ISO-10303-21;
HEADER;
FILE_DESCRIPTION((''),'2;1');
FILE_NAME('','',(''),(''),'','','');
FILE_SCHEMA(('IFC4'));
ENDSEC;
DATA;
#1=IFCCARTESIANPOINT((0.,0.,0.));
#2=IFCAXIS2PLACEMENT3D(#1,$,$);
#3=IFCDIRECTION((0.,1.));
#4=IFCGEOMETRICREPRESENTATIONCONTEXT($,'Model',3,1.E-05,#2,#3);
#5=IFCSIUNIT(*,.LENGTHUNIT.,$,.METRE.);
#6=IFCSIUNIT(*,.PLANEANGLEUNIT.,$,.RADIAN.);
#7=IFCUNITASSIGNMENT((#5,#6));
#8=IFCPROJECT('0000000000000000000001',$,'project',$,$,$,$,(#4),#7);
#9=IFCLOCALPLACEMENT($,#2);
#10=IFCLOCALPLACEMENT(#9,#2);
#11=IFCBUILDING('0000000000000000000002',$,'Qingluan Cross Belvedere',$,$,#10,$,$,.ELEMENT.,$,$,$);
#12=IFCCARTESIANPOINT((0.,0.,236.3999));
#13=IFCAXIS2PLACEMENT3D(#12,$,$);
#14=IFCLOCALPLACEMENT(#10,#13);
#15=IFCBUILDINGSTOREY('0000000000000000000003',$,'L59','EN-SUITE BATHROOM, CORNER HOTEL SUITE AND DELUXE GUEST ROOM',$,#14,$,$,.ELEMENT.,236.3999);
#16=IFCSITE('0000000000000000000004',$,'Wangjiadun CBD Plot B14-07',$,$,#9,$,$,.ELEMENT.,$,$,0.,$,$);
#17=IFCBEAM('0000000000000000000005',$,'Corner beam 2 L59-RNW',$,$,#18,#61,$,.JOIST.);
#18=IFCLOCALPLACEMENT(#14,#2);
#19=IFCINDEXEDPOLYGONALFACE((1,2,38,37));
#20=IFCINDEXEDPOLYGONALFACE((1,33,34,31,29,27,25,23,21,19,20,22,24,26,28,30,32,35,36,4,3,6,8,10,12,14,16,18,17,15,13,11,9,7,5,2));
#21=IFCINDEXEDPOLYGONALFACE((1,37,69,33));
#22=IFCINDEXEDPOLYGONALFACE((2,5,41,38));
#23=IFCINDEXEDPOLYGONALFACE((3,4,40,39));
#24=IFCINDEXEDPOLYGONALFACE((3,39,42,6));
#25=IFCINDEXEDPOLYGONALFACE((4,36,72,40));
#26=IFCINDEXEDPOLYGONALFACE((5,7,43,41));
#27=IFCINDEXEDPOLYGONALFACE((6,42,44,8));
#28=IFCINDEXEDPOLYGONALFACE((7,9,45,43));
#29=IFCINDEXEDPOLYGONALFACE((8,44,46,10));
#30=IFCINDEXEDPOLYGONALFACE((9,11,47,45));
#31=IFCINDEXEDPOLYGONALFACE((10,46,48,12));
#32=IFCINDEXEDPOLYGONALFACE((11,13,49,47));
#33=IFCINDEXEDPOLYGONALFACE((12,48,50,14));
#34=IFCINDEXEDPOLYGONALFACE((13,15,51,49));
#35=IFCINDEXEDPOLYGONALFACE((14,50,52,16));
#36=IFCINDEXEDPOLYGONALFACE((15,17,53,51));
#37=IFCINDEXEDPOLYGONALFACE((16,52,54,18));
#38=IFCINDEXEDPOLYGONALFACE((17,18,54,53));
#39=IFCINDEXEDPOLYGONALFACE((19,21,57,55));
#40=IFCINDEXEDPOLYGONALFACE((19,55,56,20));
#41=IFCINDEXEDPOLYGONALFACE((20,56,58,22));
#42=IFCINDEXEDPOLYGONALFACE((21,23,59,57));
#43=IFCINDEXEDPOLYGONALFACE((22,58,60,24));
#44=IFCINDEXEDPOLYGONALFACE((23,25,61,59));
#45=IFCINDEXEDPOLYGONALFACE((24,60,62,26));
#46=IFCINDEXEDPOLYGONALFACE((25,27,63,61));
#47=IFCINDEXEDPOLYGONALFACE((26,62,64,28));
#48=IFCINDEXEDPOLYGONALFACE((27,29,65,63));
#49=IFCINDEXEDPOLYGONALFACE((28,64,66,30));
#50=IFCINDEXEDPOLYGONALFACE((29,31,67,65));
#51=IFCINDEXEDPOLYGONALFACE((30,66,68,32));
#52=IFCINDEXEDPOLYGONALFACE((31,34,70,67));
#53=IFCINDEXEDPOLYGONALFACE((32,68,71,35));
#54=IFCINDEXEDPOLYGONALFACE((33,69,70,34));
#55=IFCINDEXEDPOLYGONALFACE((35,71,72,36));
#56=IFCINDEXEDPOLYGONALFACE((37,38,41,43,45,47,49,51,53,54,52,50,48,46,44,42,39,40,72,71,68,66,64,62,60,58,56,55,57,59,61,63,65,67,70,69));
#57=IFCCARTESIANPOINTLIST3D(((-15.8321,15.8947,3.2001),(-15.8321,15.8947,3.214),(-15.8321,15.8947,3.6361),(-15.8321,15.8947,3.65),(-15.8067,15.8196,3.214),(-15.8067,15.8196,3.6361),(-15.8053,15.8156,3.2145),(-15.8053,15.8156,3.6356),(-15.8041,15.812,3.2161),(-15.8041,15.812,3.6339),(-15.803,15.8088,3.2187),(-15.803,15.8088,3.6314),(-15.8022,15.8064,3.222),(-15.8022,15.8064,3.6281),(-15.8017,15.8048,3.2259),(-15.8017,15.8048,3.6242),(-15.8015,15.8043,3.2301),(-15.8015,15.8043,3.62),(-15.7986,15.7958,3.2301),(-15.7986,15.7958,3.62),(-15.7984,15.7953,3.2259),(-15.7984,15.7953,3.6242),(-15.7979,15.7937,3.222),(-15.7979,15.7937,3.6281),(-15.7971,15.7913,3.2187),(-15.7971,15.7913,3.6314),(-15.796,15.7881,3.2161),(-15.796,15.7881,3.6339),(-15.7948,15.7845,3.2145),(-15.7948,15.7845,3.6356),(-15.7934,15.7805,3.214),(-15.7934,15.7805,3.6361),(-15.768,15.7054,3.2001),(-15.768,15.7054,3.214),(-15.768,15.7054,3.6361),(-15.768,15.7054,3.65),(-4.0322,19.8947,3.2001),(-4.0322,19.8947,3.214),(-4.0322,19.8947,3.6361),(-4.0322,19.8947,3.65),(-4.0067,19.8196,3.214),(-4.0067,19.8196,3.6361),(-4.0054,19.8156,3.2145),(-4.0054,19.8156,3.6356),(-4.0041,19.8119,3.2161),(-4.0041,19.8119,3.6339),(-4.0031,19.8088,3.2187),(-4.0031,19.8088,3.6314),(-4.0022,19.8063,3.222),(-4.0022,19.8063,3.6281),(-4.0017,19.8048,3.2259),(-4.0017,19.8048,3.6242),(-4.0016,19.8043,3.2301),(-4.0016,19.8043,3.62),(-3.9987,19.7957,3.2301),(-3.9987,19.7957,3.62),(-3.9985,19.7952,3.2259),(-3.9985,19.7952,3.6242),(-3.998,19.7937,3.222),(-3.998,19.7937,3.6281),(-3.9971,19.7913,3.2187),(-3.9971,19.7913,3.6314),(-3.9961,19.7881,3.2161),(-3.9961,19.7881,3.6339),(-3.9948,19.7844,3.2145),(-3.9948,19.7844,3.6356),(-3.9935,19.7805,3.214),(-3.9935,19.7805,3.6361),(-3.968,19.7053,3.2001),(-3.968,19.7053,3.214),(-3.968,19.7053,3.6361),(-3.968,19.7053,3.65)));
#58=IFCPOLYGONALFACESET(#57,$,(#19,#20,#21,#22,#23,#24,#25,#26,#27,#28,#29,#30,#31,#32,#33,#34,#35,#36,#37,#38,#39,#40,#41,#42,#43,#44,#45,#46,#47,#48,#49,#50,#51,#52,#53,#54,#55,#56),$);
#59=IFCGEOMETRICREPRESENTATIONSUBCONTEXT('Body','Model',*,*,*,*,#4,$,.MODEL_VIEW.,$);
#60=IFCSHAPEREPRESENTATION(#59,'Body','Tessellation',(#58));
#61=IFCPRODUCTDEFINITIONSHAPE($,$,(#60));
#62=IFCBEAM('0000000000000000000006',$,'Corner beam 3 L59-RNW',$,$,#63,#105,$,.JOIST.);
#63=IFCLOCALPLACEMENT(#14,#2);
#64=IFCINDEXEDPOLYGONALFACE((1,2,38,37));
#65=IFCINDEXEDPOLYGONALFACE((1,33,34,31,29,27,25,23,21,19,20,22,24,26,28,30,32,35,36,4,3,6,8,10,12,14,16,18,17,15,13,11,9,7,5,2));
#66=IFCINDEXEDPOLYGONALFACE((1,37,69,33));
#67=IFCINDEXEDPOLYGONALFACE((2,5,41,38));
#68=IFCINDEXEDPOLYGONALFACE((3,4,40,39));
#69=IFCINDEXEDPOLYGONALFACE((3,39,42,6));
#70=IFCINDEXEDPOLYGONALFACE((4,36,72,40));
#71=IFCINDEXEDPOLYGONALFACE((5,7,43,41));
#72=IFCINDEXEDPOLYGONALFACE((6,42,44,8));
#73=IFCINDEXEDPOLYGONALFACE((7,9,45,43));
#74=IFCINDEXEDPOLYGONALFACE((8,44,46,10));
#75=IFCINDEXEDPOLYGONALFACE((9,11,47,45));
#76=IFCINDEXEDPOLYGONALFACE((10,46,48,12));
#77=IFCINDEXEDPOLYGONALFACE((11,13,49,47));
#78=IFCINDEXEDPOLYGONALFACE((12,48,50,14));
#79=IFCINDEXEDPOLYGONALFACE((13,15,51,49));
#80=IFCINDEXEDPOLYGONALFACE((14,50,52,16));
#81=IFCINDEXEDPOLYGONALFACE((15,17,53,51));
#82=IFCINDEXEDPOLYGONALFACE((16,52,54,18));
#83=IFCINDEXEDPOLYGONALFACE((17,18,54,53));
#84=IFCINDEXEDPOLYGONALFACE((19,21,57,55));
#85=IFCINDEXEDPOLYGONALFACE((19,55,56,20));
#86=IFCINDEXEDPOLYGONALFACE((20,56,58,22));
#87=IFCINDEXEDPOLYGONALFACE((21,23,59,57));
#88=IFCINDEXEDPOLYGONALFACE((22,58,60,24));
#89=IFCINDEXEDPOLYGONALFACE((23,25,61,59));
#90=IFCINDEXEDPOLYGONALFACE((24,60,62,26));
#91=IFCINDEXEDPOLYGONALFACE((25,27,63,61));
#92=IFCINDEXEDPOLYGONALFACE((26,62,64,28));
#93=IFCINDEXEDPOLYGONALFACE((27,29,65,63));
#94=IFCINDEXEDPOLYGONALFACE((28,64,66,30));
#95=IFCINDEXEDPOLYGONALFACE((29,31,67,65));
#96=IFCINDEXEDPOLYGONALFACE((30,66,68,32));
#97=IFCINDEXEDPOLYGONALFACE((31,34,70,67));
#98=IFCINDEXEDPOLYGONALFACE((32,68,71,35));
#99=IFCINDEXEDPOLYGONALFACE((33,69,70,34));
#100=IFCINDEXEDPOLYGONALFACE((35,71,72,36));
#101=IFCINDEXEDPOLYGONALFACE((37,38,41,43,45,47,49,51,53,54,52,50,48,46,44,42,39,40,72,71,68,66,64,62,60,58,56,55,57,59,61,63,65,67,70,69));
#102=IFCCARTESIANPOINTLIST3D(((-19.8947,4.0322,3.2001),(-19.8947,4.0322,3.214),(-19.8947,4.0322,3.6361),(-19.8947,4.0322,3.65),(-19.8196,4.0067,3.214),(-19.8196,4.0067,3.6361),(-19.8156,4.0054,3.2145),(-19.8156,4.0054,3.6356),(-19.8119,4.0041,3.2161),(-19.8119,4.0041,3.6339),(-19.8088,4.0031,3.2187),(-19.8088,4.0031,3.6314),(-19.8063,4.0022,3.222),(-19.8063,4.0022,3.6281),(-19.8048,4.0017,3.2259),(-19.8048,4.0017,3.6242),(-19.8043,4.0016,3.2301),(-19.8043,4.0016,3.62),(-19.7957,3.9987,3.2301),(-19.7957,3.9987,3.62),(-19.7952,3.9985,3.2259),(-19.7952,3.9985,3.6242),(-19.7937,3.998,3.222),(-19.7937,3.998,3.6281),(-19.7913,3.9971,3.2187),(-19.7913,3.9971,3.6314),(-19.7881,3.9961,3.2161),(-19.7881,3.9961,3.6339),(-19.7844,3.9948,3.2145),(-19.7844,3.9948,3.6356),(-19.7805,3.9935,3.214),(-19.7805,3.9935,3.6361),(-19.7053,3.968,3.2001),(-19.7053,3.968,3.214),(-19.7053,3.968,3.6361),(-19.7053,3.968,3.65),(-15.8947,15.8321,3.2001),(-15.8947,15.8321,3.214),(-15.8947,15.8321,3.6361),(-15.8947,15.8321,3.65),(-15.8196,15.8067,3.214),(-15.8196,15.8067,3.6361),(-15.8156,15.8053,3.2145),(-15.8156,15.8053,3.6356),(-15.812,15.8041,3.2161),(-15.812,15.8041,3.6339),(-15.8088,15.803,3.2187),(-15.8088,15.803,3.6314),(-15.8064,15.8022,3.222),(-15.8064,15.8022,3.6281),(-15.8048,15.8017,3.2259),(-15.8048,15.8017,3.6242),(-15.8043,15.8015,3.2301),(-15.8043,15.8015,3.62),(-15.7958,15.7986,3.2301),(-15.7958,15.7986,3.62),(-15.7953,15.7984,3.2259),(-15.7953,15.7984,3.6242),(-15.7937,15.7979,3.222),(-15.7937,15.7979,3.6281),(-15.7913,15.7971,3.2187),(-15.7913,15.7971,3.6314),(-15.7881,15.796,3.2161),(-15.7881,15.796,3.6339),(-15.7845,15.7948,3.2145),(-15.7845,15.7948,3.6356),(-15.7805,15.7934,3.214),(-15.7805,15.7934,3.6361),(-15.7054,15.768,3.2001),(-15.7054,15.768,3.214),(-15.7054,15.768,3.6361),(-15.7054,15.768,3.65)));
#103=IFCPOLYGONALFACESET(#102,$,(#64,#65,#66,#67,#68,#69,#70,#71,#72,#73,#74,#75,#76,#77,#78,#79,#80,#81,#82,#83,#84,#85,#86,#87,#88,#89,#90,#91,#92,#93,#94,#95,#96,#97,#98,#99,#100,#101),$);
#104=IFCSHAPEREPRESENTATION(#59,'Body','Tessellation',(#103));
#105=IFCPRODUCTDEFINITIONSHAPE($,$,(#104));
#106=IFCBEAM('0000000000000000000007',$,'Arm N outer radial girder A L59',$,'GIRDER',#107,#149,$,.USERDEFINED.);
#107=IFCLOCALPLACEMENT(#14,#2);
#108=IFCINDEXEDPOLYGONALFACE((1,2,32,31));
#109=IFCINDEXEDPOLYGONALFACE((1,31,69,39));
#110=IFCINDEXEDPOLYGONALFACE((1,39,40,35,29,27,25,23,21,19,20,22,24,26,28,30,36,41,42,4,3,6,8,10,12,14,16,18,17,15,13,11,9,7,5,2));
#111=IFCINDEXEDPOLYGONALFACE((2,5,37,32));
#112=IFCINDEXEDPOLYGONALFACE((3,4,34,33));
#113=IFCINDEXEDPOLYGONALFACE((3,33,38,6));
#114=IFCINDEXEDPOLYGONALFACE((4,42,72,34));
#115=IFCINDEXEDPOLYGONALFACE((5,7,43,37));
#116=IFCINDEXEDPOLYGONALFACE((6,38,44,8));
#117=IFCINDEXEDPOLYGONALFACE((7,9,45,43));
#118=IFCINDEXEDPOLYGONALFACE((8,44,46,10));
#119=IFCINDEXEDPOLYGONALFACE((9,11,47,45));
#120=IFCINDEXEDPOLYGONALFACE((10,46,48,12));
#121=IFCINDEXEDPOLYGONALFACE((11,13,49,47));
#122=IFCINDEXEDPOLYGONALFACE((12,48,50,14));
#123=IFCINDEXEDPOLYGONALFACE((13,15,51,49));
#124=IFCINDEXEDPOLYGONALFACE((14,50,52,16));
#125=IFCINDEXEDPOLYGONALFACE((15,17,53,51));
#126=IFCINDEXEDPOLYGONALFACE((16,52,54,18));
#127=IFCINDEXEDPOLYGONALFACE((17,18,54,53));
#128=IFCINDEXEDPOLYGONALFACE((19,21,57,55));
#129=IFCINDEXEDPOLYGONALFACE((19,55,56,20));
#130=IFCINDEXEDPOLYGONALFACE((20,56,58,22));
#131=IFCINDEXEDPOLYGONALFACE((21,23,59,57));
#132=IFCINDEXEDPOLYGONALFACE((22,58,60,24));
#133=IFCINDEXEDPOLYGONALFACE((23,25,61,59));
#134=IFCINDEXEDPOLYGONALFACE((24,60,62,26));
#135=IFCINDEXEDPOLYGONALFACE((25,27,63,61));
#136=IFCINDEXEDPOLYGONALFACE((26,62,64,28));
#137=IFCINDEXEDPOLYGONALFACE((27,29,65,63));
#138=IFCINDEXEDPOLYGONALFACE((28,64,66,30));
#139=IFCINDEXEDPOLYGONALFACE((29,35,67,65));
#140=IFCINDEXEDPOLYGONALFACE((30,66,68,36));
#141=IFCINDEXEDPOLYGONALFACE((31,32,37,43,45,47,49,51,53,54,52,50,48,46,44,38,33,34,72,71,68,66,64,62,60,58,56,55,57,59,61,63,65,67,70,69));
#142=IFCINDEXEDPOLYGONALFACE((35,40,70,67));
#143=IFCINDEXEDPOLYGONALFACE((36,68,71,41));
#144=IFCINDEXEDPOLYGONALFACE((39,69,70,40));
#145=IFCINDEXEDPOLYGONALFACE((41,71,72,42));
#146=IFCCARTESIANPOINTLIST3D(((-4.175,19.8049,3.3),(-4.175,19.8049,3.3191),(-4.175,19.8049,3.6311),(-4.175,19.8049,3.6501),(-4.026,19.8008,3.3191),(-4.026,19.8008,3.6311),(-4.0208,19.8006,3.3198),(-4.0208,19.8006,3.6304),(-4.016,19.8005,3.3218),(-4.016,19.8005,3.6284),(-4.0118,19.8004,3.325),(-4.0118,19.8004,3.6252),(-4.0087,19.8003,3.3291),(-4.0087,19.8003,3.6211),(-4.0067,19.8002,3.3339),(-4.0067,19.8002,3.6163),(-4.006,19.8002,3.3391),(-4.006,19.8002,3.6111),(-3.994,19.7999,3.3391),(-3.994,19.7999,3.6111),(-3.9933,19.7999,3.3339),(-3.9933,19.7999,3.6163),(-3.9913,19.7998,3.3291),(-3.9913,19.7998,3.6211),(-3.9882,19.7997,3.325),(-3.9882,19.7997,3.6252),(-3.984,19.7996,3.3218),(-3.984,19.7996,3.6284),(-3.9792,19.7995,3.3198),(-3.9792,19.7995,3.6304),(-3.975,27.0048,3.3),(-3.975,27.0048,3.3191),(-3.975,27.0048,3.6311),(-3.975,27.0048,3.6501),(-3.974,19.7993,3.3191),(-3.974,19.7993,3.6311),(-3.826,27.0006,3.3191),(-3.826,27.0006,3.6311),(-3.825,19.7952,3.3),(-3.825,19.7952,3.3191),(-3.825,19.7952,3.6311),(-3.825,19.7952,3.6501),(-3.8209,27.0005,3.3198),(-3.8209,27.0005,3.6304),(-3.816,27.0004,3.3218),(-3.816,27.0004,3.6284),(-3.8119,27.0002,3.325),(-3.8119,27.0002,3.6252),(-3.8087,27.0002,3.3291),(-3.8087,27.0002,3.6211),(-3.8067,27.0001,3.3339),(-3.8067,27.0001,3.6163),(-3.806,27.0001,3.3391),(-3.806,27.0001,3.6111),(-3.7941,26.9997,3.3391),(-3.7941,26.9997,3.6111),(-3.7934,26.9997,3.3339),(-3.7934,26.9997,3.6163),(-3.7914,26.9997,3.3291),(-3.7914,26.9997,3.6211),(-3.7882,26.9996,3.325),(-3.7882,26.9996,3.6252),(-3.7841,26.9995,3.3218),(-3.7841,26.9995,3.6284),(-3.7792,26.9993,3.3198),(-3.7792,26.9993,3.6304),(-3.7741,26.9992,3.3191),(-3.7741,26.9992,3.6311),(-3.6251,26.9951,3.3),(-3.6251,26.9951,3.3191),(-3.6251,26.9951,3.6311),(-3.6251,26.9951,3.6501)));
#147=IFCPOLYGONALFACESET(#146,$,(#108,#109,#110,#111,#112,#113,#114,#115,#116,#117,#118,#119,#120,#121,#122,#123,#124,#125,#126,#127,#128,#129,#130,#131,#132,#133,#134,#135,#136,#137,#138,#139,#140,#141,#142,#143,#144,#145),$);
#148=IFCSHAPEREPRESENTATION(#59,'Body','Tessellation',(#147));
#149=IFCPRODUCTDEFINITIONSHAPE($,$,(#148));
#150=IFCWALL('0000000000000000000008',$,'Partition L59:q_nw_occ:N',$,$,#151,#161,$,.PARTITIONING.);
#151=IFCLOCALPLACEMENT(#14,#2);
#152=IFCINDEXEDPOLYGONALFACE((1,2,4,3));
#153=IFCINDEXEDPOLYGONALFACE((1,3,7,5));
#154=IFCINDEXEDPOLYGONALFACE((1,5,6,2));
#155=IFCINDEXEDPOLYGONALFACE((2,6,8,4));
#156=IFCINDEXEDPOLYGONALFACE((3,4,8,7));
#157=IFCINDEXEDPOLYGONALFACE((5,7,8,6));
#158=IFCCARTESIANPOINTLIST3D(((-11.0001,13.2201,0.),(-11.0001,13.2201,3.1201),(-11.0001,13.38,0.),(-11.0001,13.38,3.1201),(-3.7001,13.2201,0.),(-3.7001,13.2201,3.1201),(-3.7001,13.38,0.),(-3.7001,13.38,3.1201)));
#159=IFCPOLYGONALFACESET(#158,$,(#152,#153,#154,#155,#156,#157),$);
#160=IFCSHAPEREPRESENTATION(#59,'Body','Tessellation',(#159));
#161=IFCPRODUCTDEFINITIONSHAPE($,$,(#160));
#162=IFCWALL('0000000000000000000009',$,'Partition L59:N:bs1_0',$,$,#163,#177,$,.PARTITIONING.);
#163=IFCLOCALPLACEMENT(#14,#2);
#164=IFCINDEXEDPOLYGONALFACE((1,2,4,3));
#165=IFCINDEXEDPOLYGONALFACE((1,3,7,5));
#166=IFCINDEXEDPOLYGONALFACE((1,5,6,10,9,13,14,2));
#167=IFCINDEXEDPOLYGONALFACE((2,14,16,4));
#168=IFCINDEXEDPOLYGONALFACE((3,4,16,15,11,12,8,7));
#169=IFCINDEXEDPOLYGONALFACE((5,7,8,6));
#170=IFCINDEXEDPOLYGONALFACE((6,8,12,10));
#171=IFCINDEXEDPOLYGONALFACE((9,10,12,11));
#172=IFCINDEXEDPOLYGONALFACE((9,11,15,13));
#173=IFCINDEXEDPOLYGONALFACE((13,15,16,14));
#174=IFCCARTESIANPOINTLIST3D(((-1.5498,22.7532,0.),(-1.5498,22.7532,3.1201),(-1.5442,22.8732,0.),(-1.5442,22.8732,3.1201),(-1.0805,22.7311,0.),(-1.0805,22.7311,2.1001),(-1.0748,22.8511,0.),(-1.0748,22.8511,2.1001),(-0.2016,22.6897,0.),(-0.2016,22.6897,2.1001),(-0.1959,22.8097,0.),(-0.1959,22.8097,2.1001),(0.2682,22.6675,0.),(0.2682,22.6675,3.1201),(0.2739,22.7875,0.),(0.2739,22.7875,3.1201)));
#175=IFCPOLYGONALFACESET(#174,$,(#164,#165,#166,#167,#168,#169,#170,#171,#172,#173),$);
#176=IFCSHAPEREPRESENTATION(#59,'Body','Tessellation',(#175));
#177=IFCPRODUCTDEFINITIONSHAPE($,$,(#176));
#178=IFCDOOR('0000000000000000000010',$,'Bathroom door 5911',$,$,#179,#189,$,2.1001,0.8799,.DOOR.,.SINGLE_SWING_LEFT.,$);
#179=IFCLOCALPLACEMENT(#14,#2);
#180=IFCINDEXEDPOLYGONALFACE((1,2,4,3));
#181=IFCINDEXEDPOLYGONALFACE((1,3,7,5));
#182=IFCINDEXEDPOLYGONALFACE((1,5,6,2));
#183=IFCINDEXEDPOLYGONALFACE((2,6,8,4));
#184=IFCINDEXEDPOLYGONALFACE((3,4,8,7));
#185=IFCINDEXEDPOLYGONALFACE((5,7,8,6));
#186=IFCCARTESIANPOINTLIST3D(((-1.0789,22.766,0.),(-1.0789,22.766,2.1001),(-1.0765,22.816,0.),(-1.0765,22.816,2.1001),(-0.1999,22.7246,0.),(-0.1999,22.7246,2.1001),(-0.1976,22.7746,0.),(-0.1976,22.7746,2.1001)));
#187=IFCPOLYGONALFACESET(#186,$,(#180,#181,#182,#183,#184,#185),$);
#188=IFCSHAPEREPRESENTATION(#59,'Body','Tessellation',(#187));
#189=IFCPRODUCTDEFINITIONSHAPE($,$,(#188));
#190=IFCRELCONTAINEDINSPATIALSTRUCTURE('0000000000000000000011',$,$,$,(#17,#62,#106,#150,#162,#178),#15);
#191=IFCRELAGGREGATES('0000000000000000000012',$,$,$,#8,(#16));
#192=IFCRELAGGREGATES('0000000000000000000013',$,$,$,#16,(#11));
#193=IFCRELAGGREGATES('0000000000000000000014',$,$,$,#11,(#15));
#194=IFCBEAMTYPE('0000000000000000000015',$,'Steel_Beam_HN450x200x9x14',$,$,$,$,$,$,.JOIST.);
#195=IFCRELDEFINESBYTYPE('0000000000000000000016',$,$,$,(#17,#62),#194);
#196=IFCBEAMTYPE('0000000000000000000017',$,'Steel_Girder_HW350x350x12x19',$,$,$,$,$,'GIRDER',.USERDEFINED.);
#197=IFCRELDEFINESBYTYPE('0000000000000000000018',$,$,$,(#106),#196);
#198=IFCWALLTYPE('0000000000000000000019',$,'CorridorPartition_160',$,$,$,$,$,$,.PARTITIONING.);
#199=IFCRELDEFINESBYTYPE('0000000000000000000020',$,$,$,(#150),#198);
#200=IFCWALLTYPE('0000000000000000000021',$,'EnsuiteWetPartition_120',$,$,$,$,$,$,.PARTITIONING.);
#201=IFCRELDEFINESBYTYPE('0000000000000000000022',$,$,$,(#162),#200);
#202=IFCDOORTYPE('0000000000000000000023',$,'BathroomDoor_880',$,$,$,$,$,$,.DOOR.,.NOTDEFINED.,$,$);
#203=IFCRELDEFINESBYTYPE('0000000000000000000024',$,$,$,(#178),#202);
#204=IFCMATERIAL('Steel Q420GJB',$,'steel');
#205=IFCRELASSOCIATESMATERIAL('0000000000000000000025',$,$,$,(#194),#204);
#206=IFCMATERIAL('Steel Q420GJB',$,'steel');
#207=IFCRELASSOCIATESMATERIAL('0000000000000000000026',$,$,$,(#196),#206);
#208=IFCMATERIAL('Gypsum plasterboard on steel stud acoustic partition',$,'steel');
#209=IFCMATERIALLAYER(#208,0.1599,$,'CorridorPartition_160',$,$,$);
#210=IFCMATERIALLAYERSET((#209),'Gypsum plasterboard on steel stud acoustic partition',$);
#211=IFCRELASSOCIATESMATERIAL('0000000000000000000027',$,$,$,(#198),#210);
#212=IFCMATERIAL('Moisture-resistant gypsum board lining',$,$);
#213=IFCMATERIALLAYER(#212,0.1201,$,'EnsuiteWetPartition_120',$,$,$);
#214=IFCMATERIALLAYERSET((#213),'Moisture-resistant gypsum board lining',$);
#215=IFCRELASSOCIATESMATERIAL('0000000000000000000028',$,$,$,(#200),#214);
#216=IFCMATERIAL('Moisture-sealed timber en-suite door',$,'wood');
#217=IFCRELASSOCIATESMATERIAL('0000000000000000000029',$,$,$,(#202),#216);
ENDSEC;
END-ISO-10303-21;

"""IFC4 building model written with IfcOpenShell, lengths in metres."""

from ifc_helpers import new_model, si_unit, direction, frame, frame_2d, origin, origin_2d, place, context, subcontext, project, spatial, rectangle, i_section, extrude, material, layer, layer_set, material_profile, profile_set, type_object, element, fill, save


model = new_model("IFC4")

# Units and contexts
model_context = context("Model", 3, precision=1e-05, world=origin(), true_north=direction((0.0, 1.0)))
body_context = subcontext(model_context, "Body", "Model", "MODEL_VIEW")
ifc_project = project(units=[si_unit("LENGTHUNIT", "METRE"), si_unit("PLANEANGLEUNIT", "RADIAN")], contexts=[model_context])

# Site, building, storey
site_placement = place(None, origin())
site = spatial("IfcSite", under=ifc_project, at=site_placement, Name="Wangjiadun CBD Plot B14-07", CompositionType="ELEMENT", RefElevation=0.0)
building_placement = place(site_placement, origin())
building = spatial("IfcBuilding", under=site, at=building_placement, Name="Qingluan Cross Belvedere", CompositionType="ELEMENT")
storey_placement = place(building_placement, frame((0.0, 0.0, 236.3999)))
storey = spatial("IfcBuildingStorey", under=building, at=storey_placement, Name="L59", Description="EN-SUITE BATHROOM, CORNER HOTEL SUITE AND DELUXE GUEST ROOM", CompositionType="ELEMENT", Elevation=236.3999)

# Beams
ifc_material_1 = material(Name="Steel Q420GJB", Category="steel")
ifc_material_profile_1 = material_profile(ifc_material_1, i_section(OverallWidth=0.2, OverallDepth=0.45, WebThickness=0.009, FlangeThickness=0.0139, FilletRadius=0.0161, at=origin_2d()), Name="HN450x200x9x14")
ifc_profile_set_1 = profile_set([ifc_material_profile_1], Name="Steel Q420GJB")
beam_type_1 = type_object("IfcBeamType", Name="Steel_Beam_HN450x200x9x14", PredefinedType="JOIST", material=ifc_profile_set_1)
for number, where, z_axis, x_axis, name in (
    (1, (-15.8, 15.8, 3.425), (0.947066, 0.321038, 0.0), (-0.321038, 0.947066, 0.0), "Corner beam 2 L59-RNW"),
    (2, (-15.8, 15.8, 3.425), (-0.321038, -0.947066, 0.0), (0.947066, -0.321038, 0.0), "Corner beam 3 L59-RNW"),
):
    element("IfcBeam", number, at=place(storey_placement, frame(where, z_axis=z_axis, x_axis=x_axis)), inside=storey, type_object=beam_type_1, Name=name, PredefinedType="JOIST", context=body_context, shape_type="SweptSolid", body=[
        extrude(i_section(OverallWidth=0.2, OverallDepth=0.45, WebThickness=0.009, FlangeThickness=0.0139, FilletRadius=0.0161, at=origin_2d()), origin(), (0.0, 0.0, 1.0), 12.4595),
    ])
ifc_material_2 = material(Name="Steel Q420GJB", Category="steel")
ifc_material_profile_2 = material_profile(ifc_material_2, i_section(OverallWidth=0.3501, OverallDepth=0.3501, WebThickness=0.012, FlangeThickness=0.019, FilletRadius=0.02, at=origin_2d()), Name="HW350x350x12x19")
ifc_profile_set_2 = profile_set([ifc_material_profile_2], Name="Steel Q420GJB")
beam_type_2 = type_object("IfcBeamType", Name="Steel_Girder_HW350x350x12x19", ElementType="GIRDER", PredefinedType="USERDEFINED", material=ifc_profile_set_2)
beam_1_placement = place(storey_placement, frame((-4.0, 19.8, 3.4751), z_axis=(0.02776, 0.999615, 0.0), x_axis=(-0.999615, 0.02776, 0.0)))
element("IfcBeam", 3, at=beam_1_placement, inside=storey, type_object=beam_type_2, Name="Arm N outer radial girder A L59", ObjectType="GIRDER", PredefinedType="USERDEFINED", context=body_context, shape_type="SweptSolid", body=[
    extrude(i_section(OverallWidth=0.3501, OverallDepth=0.3501, WebThickness=0.012, FlangeThickness=0.019, FilletRadius=0.02, at=origin_2d()), origin(), (0.0, 0.0, 1.0), 7.2026),
])

# Wall
ifc_material_3 = material(Name="Gypsum plasterboard on steel stud acoustic partition", Category="steel")
ifc_layer_1 = layer(ifc_material_3, 0.1599, Name="CorridorPartition_160")
ifc_layer_set_1 = layer_set([ifc_layer_1], Name="Gypsum plasterboard on steel stud acoustic partition")
wall_type_1 = type_object("IfcWallType", Name="CorridorPartition_160", PredefinedType="PARTITIONING", material=ifc_layer_set_1)
wall_1_placement = place(storey_placement, frame((-11.0, 13.3, 0.0), z_axis=(0.0, 0.0, 1.0), x_axis=(1.0, 0.0, 0.0)))
element("IfcWall", 4, at=wall_1_placement, inside=storey, type_object=wall_type_1, Name="Partition L59:q_nw_occ:N", PredefinedType="PARTITIONING", context=body_context, shape_type="SweptSolid", body=[
    extrude(rectangle(XDim=7.3, YDim=0.1599, at=frame_2d((3.6499, 0.0))), origin(), (0.0, 0.0, 1.0), 3.1201),
])

# Wall, opening, door
ifc_material_4 = material(Name="Moisture-resistant gypsum board lining")
ifc_layer_2 = layer(ifc_material_4, 0.1201, Name="EnsuiteWetPartition_120")
ifc_layer_set_2 = layer_set([ifc_layer_2], Name="Moisture-resistant gypsum board lining")
wall_type_2 = type_object("IfcWallType", Name="EnsuiteWetPartition_120", PredefinedType="PARTITIONING", material=ifc_layer_set_2)
wall_2_placement = place(storey_placement, frame((-1.5471, 22.8132, 0.0), z_axis=(0.0, 0.0, 1.0), x_axis=(0.998891, -0.047081, 0.0)))
wall_2 = element("IfcWall", 5, at=wall_2_placement, inside=storey, type_object=wall_type_2, Name="Partition L59:N:bs1_0", PredefinedType="PARTITIONING", context=body_context, shape_type="SweptSolid", body=[
    extrude(rectangle(XDim=1.8201, YDim=0.1201, at=frame_2d((0.9102, 0.0))), origin(), (0.0, 0.0, 1.0), 3.1201),
])
opening_1_placement = place(wall_2_placement, frame((0.47, 0.0, 0.0)))
opening_1 = element("IfcOpeningElement", 6, at=opening_1_placement, cuts=wall_2, PredefinedType="OPENING", context=body_context, shape_type="SweptSolid", body=[
    extrude(rectangle(XDim=0.8799, YDim=2.1001, at=frame_2d((0.4399, 1.05))), frame((0.0, 0.0701, 0.0), z_axis=(0.0, -1.0, 0.0), x_axis=(1.0, 0.0, 0.0)), (0.0, 0.0, 1.0), 0.1401),
])
ifc_material_5 = material(Name="Moisture-sealed timber en-suite door", Category="wood")
door_type = type_object("IfcDoorType", Name="BathroomDoor_880", OperationType="NOTDEFINED", PredefinedType="DOOR", material=ifc_material_5)
door_placement = place(opening_1_placement, origin())
door = element("IfcDoor", 7, at=door_placement, inside=storey, type_object=door_type, Name="Bathroom door 5911", OperationType="SINGLE_SWING_LEFT", OverallHeight=2.1001, OverallWidth=0.8799, PredefinedType="DOOR", context=body_context, shape_type="SweptSolid", body=[
    extrude(rectangle(XDim=0.8799, YDim=2.1001, at=frame_2d((0.4399, 1.05))), frame((0.0, 0.0249, 0.0), z_axis=(0.0, -1.0, 0.0), x_axis=(1.0, 0.0, 0.0)), (0.0, 0.0, 1.0), 0.05),
])
fill(opening_1, door)

save(model, "model.ifc")
